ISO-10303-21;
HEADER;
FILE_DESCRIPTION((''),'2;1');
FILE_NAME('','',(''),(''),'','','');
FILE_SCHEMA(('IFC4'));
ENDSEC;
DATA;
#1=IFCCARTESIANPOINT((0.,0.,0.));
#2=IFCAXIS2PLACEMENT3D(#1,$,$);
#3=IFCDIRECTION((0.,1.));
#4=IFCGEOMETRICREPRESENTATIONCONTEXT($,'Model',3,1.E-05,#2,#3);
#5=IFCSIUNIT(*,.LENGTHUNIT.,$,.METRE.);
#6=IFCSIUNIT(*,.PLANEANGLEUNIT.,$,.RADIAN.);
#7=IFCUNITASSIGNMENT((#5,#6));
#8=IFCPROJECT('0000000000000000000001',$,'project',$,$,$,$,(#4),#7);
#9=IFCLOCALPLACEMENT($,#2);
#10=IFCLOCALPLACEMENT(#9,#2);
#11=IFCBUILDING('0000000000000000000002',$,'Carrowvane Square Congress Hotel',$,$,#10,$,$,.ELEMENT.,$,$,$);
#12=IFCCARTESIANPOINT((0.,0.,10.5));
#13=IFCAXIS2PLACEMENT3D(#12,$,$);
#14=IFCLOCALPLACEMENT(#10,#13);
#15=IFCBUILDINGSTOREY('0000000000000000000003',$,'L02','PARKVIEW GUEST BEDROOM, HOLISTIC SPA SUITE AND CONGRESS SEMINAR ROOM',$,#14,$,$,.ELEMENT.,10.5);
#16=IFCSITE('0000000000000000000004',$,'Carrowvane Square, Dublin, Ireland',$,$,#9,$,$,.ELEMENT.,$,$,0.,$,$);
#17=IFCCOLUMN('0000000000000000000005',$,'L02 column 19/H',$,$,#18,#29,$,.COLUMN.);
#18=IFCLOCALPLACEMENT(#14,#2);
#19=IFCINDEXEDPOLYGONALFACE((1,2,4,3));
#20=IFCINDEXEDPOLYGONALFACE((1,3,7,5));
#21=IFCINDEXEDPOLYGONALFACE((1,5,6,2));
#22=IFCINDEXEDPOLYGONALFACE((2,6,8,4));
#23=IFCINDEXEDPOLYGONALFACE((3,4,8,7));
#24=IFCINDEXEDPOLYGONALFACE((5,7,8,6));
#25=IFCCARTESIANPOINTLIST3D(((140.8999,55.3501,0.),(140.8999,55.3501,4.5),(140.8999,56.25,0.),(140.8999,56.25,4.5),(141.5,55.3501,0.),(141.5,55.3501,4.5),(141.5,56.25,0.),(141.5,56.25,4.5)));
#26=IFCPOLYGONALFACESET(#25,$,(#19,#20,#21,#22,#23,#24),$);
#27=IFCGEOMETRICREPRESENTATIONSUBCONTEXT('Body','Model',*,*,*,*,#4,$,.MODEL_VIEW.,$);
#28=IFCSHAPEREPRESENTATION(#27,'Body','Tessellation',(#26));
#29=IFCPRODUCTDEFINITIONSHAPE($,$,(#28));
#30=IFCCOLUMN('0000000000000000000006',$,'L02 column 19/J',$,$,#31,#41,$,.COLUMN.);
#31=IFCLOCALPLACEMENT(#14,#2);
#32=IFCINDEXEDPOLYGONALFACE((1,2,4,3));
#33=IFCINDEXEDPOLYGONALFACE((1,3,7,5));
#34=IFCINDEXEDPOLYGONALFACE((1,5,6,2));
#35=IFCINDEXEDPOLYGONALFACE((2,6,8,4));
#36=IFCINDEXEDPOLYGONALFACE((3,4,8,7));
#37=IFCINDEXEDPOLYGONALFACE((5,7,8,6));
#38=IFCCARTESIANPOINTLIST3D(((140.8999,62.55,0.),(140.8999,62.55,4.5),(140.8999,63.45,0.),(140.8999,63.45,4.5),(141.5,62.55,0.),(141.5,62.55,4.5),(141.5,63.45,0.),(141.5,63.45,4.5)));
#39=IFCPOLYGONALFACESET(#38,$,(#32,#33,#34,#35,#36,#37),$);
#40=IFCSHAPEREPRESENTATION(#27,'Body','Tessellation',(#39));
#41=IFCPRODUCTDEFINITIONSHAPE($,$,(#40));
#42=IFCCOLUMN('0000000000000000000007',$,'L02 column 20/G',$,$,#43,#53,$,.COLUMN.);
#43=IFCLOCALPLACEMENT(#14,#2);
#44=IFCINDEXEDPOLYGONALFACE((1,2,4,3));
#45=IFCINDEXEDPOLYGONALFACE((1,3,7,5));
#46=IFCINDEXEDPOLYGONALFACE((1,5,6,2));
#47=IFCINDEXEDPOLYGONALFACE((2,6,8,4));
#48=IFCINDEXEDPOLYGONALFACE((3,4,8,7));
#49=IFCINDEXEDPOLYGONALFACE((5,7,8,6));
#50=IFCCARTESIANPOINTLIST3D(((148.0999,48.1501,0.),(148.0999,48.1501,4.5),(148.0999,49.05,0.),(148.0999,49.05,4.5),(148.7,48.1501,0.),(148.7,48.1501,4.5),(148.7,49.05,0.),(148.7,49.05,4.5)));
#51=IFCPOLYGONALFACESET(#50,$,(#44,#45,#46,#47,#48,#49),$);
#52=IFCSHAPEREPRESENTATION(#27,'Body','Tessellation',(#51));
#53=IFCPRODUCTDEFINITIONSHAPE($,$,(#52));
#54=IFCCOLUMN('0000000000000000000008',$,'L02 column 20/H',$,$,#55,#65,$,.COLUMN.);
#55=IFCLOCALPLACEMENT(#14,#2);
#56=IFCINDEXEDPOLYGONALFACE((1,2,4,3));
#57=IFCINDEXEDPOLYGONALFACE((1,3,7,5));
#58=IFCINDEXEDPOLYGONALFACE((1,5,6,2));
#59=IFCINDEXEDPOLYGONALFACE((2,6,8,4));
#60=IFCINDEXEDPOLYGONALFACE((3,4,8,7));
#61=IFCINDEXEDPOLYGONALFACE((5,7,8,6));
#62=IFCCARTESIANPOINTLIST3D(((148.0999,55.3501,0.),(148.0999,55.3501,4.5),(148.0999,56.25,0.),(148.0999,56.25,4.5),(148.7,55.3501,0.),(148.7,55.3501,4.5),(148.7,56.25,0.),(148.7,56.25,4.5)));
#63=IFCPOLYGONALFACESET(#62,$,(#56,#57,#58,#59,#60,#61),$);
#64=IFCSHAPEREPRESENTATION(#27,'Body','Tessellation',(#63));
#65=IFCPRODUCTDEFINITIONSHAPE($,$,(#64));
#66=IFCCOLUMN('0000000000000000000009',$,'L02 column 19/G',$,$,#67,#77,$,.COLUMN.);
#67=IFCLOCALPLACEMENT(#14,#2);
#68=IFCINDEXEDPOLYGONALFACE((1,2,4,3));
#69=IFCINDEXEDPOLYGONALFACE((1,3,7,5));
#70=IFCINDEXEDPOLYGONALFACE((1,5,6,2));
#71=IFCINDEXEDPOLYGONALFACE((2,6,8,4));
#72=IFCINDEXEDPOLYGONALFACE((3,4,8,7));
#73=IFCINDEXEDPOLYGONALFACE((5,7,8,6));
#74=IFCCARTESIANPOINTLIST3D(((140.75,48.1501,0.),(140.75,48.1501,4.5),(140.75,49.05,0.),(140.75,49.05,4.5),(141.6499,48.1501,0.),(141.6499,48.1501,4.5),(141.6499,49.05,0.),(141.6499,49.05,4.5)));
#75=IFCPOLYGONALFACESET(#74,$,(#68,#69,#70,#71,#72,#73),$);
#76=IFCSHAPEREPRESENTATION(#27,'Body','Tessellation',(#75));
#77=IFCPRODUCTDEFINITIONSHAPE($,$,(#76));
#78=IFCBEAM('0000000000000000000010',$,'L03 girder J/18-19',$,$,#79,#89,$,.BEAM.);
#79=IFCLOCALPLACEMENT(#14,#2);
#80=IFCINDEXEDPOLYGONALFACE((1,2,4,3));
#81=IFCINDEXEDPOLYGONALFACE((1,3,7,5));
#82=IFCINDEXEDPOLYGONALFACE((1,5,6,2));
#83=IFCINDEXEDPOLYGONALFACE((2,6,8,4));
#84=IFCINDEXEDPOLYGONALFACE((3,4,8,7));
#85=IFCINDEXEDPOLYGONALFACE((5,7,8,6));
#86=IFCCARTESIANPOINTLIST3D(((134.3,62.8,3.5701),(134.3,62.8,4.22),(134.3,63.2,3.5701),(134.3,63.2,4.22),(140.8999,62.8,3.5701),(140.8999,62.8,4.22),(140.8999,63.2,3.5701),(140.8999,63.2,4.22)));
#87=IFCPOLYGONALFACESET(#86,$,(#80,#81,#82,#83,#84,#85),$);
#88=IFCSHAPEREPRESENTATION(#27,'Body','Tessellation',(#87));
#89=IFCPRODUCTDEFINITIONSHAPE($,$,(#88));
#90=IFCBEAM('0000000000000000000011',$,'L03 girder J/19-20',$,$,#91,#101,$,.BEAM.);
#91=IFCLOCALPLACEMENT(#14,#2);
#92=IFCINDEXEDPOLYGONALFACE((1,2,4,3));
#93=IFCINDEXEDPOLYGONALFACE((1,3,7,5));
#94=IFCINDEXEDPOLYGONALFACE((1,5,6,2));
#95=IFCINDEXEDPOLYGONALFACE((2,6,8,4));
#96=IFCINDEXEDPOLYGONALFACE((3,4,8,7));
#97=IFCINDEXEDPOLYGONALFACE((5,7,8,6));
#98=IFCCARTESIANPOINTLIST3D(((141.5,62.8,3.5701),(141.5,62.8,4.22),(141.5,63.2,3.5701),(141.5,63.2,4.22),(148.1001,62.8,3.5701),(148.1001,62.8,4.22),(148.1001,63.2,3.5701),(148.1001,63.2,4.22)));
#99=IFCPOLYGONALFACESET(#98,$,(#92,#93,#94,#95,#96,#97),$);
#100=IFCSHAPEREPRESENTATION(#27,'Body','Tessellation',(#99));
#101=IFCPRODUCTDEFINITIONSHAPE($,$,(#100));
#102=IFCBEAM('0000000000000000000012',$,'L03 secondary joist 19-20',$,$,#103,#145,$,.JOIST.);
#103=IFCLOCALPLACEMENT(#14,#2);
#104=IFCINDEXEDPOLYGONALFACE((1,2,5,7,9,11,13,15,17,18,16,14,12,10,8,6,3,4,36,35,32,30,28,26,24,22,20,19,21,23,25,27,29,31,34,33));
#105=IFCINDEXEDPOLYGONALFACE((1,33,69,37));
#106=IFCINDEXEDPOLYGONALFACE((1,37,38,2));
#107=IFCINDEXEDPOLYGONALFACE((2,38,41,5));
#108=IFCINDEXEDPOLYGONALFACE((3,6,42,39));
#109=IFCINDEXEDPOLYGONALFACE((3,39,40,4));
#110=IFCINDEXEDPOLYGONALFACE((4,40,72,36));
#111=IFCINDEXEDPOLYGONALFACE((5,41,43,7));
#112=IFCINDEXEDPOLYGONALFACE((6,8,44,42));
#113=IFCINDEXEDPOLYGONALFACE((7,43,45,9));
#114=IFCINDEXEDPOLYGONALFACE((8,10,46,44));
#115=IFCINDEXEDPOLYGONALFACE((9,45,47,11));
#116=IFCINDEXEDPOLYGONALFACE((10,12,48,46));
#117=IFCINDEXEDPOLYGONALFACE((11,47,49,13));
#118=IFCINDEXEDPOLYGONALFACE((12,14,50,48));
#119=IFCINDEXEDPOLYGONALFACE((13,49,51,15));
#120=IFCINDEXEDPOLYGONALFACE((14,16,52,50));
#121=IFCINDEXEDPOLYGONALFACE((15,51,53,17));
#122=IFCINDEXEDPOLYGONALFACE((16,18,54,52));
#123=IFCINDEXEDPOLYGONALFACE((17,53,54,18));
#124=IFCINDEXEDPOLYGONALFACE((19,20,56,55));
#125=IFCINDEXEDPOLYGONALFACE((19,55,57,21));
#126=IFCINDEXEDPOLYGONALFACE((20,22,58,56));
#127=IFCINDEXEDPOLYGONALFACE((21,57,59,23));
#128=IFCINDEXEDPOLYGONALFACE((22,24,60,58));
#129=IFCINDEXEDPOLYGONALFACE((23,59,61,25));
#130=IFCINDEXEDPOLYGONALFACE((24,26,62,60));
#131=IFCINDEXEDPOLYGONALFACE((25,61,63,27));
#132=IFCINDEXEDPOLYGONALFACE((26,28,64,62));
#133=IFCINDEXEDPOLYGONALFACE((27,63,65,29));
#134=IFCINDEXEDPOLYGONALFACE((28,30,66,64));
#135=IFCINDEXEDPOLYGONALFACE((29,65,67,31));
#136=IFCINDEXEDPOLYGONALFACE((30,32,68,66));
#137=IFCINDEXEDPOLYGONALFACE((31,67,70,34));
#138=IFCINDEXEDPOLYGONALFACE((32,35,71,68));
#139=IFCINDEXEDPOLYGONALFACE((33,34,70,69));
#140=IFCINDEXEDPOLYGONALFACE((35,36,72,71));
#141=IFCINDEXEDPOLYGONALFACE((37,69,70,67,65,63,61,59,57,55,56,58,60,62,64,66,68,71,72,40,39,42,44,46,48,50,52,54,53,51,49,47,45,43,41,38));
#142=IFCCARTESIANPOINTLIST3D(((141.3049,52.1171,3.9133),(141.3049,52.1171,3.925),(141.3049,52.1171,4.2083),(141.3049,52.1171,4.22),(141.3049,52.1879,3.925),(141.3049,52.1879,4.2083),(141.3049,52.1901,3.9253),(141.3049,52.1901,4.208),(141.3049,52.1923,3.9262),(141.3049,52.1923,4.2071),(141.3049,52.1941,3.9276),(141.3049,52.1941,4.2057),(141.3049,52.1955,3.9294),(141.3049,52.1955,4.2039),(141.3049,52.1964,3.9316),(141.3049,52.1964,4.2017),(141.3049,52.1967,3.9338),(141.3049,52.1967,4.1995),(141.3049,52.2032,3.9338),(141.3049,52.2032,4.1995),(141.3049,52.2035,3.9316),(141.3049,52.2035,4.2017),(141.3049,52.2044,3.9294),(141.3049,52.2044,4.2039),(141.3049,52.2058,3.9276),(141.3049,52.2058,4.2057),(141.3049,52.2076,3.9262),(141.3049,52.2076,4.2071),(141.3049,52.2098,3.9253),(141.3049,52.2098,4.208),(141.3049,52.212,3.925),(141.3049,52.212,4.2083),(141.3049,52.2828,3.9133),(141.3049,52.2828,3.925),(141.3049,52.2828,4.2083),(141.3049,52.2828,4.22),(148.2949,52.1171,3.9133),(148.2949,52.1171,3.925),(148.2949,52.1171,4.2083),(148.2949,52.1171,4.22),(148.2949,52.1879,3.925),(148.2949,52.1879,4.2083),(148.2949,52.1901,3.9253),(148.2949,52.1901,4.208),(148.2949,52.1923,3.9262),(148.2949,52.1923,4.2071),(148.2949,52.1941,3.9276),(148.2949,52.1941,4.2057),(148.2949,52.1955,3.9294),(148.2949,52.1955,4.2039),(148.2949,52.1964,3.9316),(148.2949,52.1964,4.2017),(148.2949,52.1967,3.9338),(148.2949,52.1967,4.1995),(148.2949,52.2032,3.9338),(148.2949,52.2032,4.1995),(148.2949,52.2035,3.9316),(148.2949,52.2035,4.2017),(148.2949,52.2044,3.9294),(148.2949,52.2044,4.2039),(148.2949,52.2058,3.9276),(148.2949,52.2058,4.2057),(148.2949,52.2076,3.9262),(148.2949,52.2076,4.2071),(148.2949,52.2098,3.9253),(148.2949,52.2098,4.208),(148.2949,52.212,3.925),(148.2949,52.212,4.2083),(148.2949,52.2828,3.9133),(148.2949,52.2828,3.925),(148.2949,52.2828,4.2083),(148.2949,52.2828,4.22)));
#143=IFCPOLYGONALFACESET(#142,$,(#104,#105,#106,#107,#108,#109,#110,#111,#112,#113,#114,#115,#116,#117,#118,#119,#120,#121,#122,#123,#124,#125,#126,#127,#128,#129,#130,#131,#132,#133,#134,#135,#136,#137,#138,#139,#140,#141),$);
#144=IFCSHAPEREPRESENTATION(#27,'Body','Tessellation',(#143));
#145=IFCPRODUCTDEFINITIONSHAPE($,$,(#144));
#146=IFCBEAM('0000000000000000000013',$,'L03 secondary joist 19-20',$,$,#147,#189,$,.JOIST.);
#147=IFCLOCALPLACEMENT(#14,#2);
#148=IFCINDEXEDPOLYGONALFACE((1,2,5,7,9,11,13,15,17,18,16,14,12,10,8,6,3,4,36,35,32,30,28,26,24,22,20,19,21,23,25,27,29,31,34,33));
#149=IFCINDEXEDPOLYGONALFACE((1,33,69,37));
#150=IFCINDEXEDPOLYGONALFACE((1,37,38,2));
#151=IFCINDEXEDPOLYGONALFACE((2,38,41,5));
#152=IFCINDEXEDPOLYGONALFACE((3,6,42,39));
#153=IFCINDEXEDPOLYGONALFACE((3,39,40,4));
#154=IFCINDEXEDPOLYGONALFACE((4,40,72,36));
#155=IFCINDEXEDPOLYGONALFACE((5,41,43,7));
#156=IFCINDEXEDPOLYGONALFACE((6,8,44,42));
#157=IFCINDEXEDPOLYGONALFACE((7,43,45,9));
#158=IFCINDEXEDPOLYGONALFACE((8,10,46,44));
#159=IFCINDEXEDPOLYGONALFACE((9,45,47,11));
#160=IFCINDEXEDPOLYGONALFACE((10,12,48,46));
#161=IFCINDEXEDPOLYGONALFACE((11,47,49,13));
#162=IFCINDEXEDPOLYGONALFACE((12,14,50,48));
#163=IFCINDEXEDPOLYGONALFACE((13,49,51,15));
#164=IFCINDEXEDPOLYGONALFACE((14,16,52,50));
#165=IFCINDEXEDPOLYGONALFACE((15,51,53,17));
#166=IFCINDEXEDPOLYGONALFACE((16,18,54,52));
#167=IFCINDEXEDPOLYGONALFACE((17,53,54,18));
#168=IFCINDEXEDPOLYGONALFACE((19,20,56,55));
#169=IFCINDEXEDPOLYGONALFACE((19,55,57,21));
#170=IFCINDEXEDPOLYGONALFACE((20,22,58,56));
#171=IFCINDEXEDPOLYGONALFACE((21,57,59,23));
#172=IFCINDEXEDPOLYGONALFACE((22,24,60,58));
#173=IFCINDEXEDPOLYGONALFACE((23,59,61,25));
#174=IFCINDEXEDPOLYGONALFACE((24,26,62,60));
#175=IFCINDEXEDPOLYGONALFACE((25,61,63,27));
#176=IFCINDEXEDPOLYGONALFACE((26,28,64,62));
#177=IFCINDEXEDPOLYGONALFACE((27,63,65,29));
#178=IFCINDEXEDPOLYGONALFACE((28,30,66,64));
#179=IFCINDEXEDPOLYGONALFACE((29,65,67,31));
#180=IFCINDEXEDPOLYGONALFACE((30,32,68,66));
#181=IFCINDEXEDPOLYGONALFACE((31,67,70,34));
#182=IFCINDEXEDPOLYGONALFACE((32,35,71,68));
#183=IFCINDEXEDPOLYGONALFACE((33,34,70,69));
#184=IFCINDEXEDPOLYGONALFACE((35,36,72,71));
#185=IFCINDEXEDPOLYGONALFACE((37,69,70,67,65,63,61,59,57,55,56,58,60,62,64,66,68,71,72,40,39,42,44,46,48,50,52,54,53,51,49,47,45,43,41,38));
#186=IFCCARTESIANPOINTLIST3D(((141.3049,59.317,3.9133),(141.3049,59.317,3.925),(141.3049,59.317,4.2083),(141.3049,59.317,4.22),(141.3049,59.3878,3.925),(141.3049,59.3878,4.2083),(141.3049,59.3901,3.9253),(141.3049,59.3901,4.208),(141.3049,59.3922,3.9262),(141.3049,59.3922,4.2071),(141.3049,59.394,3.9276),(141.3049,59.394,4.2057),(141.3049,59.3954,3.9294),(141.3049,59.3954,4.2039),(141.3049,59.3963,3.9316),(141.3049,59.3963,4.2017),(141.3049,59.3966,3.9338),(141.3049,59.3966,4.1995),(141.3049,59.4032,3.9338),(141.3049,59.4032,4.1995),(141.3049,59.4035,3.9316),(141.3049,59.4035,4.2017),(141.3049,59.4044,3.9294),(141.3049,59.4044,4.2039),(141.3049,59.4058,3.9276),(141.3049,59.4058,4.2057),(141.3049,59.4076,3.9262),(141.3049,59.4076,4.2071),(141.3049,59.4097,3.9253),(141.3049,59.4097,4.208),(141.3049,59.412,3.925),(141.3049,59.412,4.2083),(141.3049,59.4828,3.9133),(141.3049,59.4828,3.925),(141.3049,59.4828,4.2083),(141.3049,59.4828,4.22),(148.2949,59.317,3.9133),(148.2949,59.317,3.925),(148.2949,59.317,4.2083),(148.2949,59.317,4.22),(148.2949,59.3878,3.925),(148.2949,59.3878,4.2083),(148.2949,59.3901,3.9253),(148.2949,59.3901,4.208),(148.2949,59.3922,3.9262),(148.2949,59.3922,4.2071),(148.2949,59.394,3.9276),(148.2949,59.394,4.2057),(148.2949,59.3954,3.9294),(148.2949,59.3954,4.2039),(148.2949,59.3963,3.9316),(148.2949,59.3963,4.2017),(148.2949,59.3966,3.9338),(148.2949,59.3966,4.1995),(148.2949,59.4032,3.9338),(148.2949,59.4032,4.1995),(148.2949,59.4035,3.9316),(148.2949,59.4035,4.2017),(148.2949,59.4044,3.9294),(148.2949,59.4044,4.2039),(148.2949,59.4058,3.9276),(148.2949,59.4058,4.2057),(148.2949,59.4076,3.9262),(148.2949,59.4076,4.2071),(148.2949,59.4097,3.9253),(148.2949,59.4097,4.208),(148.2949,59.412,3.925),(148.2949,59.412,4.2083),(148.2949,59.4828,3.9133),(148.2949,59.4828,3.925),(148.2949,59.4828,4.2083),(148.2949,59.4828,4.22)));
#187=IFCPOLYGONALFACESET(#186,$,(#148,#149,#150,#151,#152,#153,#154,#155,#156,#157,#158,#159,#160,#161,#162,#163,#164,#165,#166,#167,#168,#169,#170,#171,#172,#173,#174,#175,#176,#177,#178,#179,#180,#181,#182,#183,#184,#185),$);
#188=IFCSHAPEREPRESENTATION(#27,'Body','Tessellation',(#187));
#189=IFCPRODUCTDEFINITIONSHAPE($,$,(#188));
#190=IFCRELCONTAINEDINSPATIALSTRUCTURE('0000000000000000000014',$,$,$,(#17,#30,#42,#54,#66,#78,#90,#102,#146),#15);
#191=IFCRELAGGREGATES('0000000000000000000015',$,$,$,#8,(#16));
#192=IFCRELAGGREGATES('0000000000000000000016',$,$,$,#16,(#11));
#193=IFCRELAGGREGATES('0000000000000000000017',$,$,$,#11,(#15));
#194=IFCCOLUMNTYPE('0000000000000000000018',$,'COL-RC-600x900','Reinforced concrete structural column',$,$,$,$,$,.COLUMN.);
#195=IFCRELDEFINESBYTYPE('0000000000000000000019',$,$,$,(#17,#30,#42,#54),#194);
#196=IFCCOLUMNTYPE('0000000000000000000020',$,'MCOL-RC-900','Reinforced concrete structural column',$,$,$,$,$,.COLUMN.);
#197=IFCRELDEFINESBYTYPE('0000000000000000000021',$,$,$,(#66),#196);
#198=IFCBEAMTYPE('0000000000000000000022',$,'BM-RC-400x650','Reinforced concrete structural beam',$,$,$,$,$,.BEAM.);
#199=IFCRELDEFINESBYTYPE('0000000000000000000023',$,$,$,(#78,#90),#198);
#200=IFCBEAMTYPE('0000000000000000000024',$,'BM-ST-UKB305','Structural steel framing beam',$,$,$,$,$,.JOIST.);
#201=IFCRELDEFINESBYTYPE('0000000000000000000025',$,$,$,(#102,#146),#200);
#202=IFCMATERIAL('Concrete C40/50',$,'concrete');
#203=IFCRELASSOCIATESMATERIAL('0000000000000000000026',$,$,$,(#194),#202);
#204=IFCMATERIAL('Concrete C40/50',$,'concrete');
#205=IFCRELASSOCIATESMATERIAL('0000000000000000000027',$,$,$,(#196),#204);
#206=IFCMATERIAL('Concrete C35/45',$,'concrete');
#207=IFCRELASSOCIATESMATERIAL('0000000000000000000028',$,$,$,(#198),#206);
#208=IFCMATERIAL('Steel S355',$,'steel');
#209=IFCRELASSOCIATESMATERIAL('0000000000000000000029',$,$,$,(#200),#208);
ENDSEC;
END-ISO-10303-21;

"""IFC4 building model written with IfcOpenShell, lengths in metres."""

from ifc_helpers import new_model, si_unit, direction, frame, origin, origin_2d, place, context, subcontext, project, spatial, rectangle, i_section, extrude, material, material_profile, profile_set, type_object, element, save


model = new_model("IFC4")

# Units and contexts
model_context = context("Model", 3, precision=1e-05, world=origin(), true_north=direction((0.0, 1.0)))
body_context = subcontext(model_context, "Body", "Model", "MODEL_VIEW")
ifc_project = project(units=[si_unit("LENGTHUNIT", "METRE"), si_unit("PLANEANGLEUNIT", "RADIAN")], contexts=[model_context])

# Site, building, storey
site_placement = place(None, origin())
site = spatial("IfcSite", under=ifc_project, at=site_placement, Name="Carrowvane Square, Dublin, Ireland", CompositionType="ELEMENT", RefElevation=0.0)
building_placement = place(site_placement, origin())
building = spatial("IfcBuilding", under=site, at=building_placement, Name="Carrowvane Square Congress Hotel", CompositionType="ELEMENT")
storey_placement = place(building_placement, frame((0.0, 0.0, 10.5)))
storey = spatial("IfcBuildingStorey", under=building, at=storey_placement, Name="L02", Description="PARKVIEW GUEST BEDROOM, HOLISTIC SPA SUITE AND CONGRESS SEMINAR ROOM", CompositionType="ELEMENT", Elevation=10.5)

# Columns
ifc_material_1 = material(Name="Concrete C40/50", Category="concrete")
ifc_material_profile_1 = material_profile(ifc_material_1, rectangle(XDim=0.6001, YDim=0.8999, at=origin_2d()), Name="RC 600x900")
ifc_profile_set_1 = profile_set([ifc_material_profile_1], Name="Concrete C40/50")
column_type_1 = type_object("IfcColumnType", Name="COL-RC-600x900", Description="Reinforced concrete structural column", PredefinedType="COLUMN", material=ifc_profile_set_1)
for number, where, z_axis, x_axis, name in (
    (1, (141.2, 55.8, 0.0), (0.0, 0.0, 1.0), (1.0, 0.0, 0.0), "L02 column 19/H"),
    (2, (141.2, 63.0, 0.0), (0.0, 0.0, 1.0), (1.0, 0.0, 0.0), "L02 column 19/J"),
    (3, (148.3999, 48.6001, 0.0), (0.0, 0.0, 1.0), (1.0, 0.0, 0.0), "L02 column 20/G"),
    (4, (148.3999, 55.8, 0.0), (0.0, 0.0, 1.0), (1.0, 0.0, 0.0), "L02 column 20/H"),
):
    element("IfcColumn", number, at=place(storey_placement, frame(where, z_axis=z_axis, x_axis=x_axis)), inside=storey, type_object=column_type_1, Name=name, PredefinedType="COLUMN", context=body_context, shape_type="SweptSolid", body=[
        extrude(rectangle(XDim=0.6001, YDim=0.8999, at=origin_2d()), origin(), (0.0, 0.0, 1.0), 4.5),
    ])
ifc_material_2 = material(Name="Concrete C40/50", Category="concrete")
ifc_material_profile_2 = material_profile(ifc_material_2, rectangle(XDim=0.8999, YDim=0.8999, at=origin_2d()), Name="RC 900x900")
ifc_profile_set_2 = profile_set([ifc_material_profile_2], Name="Concrete C40/50")
column_type_2 = type_object("IfcColumnType", Name="MCOL-RC-900", Description="Reinforced concrete structural column", PredefinedType="COLUMN", material=ifc_profile_set_2)
column_placement = place(storey_placement, frame((141.2, 48.6001, 0.0), z_axis=(0.0, 0.0, 1.0), x_axis=(1.0, 0.0, 0.0)))
element("IfcColumn", 5, at=column_placement, inside=storey, type_object=column_type_2, Name="L02 column 19/G", PredefinedType="COLUMN", context=body_context, shape_type="SweptSolid", body=[
    extrude(rectangle(XDim=0.8999, YDim=0.8999, at=origin_2d()), origin(), (0.0, 0.0, 1.0), 4.5),
])

# Beams
ifc_material_3 = material(Name="Concrete C35/45", Category="concrete")
ifc_material_profile_3 = material_profile(ifc_material_3, rectangle(XDim=0.3999, YDim=0.6499, at=origin_2d()), Name="RC 400x650")
ifc_profile_set_3 = profile_set([ifc_material_profile_3], Name="Concrete C35/45")
beam_type_1 = type_object("IfcBeamType", Name="BM-RC-400x650", Description="Reinforced concrete structural beam", PredefinedType="BEAM", material=ifc_profile_set_3)
beam_1_placement = place(storey_placement, frame((134.3, 63.0, 3.895), z_axis=(1.0, 0.0, 0.0), x_axis=(0.0, 1.0, 0.0)))
element("IfcBeam", 6, at=beam_1_placement, inside=storey, type_object=beam_type_1, Name="L03 girder J/18-19", PredefinedType="BEAM", context=body_context, shape_type="SweptSolid", body=[
    extrude(rectangle(XDim=0.3999, YDim=0.6499, at=origin_2d()), origin(), (0.0, 0.0, 1.0), 6.5999),
])
beam_2_placement = place(storey_placement, frame((141.5, 63.0, 3.895), z_axis=(1.0, 0.0, 0.0), x_axis=(0.0, 1.0, 0.0)))
element("IfcBeam", 7, at=beam_2_placement, inside=storey, type_object=beam_type_1, Name="L03 girder J/19-20", PredefinedType="BEAM", context=body_context, shape_type="SweptSolid", body=[
    extrude(rectangle(XDim=0.3999, YDim=0.6499, at=origin_2d()), origin(), (0.0, 0.0, 1.0), 6.6001),
])
ifc_material_4 = material(Name="Steel S355", Category="steel")
ifc_material_profile_4 = material_profile(ifc_material_4, i_section(OverallWidth=0.1658, OverallDepth=0.3066, WebThickness=0.0066, FlangeThickness=0.0117, FilletRadius=0.0088, at=origin_2d()), Name="UKB 305x165x46")
ifc_profile_set_4 = profile_set([ifc_material_profile_4], Name="Steel S355")
beam_type_2 = type_object("IfcBeamType", Name="BM-ST-UKB305", Description="Structural steel framing beam", PredefinedType="JOIST", material=ifc_profile_set_4)
for number, where, z_axis, x_axis, name in (
    (8, (141.3049, 52.2, 4.0667), (1.0, 0.0, 0.0), (0.0, 1.0, 0.0), "L03 secondary joist 19-20"),
    (9, (141.3049, 59.3999, 4.0667), (1.0, 0.0, 0.0), (0.0, 1.0, 0.0), "L03 secondary joist 19-20"),
):
    element("IfcBeam", number, at=place(storey_placement, frame(where, z_axis=z_axis, x_axis=x_axis)), inside=storey, type_object=beam_type_2, Name=name, PredefinedType="JOIST", context=body_context, shape_type="SweptSolid", body=[
        extrude(i_section(OverallWidth=0.1658, OverallDepth=0.3066, WebThickness=0.0066, FlangeThickness=0.0117, FilletRadius=0.0088, at=origin_2d()), origin(), (0.0, 0.0, 1.0), 6.99),
    ])

save(model, "model.ifc")
